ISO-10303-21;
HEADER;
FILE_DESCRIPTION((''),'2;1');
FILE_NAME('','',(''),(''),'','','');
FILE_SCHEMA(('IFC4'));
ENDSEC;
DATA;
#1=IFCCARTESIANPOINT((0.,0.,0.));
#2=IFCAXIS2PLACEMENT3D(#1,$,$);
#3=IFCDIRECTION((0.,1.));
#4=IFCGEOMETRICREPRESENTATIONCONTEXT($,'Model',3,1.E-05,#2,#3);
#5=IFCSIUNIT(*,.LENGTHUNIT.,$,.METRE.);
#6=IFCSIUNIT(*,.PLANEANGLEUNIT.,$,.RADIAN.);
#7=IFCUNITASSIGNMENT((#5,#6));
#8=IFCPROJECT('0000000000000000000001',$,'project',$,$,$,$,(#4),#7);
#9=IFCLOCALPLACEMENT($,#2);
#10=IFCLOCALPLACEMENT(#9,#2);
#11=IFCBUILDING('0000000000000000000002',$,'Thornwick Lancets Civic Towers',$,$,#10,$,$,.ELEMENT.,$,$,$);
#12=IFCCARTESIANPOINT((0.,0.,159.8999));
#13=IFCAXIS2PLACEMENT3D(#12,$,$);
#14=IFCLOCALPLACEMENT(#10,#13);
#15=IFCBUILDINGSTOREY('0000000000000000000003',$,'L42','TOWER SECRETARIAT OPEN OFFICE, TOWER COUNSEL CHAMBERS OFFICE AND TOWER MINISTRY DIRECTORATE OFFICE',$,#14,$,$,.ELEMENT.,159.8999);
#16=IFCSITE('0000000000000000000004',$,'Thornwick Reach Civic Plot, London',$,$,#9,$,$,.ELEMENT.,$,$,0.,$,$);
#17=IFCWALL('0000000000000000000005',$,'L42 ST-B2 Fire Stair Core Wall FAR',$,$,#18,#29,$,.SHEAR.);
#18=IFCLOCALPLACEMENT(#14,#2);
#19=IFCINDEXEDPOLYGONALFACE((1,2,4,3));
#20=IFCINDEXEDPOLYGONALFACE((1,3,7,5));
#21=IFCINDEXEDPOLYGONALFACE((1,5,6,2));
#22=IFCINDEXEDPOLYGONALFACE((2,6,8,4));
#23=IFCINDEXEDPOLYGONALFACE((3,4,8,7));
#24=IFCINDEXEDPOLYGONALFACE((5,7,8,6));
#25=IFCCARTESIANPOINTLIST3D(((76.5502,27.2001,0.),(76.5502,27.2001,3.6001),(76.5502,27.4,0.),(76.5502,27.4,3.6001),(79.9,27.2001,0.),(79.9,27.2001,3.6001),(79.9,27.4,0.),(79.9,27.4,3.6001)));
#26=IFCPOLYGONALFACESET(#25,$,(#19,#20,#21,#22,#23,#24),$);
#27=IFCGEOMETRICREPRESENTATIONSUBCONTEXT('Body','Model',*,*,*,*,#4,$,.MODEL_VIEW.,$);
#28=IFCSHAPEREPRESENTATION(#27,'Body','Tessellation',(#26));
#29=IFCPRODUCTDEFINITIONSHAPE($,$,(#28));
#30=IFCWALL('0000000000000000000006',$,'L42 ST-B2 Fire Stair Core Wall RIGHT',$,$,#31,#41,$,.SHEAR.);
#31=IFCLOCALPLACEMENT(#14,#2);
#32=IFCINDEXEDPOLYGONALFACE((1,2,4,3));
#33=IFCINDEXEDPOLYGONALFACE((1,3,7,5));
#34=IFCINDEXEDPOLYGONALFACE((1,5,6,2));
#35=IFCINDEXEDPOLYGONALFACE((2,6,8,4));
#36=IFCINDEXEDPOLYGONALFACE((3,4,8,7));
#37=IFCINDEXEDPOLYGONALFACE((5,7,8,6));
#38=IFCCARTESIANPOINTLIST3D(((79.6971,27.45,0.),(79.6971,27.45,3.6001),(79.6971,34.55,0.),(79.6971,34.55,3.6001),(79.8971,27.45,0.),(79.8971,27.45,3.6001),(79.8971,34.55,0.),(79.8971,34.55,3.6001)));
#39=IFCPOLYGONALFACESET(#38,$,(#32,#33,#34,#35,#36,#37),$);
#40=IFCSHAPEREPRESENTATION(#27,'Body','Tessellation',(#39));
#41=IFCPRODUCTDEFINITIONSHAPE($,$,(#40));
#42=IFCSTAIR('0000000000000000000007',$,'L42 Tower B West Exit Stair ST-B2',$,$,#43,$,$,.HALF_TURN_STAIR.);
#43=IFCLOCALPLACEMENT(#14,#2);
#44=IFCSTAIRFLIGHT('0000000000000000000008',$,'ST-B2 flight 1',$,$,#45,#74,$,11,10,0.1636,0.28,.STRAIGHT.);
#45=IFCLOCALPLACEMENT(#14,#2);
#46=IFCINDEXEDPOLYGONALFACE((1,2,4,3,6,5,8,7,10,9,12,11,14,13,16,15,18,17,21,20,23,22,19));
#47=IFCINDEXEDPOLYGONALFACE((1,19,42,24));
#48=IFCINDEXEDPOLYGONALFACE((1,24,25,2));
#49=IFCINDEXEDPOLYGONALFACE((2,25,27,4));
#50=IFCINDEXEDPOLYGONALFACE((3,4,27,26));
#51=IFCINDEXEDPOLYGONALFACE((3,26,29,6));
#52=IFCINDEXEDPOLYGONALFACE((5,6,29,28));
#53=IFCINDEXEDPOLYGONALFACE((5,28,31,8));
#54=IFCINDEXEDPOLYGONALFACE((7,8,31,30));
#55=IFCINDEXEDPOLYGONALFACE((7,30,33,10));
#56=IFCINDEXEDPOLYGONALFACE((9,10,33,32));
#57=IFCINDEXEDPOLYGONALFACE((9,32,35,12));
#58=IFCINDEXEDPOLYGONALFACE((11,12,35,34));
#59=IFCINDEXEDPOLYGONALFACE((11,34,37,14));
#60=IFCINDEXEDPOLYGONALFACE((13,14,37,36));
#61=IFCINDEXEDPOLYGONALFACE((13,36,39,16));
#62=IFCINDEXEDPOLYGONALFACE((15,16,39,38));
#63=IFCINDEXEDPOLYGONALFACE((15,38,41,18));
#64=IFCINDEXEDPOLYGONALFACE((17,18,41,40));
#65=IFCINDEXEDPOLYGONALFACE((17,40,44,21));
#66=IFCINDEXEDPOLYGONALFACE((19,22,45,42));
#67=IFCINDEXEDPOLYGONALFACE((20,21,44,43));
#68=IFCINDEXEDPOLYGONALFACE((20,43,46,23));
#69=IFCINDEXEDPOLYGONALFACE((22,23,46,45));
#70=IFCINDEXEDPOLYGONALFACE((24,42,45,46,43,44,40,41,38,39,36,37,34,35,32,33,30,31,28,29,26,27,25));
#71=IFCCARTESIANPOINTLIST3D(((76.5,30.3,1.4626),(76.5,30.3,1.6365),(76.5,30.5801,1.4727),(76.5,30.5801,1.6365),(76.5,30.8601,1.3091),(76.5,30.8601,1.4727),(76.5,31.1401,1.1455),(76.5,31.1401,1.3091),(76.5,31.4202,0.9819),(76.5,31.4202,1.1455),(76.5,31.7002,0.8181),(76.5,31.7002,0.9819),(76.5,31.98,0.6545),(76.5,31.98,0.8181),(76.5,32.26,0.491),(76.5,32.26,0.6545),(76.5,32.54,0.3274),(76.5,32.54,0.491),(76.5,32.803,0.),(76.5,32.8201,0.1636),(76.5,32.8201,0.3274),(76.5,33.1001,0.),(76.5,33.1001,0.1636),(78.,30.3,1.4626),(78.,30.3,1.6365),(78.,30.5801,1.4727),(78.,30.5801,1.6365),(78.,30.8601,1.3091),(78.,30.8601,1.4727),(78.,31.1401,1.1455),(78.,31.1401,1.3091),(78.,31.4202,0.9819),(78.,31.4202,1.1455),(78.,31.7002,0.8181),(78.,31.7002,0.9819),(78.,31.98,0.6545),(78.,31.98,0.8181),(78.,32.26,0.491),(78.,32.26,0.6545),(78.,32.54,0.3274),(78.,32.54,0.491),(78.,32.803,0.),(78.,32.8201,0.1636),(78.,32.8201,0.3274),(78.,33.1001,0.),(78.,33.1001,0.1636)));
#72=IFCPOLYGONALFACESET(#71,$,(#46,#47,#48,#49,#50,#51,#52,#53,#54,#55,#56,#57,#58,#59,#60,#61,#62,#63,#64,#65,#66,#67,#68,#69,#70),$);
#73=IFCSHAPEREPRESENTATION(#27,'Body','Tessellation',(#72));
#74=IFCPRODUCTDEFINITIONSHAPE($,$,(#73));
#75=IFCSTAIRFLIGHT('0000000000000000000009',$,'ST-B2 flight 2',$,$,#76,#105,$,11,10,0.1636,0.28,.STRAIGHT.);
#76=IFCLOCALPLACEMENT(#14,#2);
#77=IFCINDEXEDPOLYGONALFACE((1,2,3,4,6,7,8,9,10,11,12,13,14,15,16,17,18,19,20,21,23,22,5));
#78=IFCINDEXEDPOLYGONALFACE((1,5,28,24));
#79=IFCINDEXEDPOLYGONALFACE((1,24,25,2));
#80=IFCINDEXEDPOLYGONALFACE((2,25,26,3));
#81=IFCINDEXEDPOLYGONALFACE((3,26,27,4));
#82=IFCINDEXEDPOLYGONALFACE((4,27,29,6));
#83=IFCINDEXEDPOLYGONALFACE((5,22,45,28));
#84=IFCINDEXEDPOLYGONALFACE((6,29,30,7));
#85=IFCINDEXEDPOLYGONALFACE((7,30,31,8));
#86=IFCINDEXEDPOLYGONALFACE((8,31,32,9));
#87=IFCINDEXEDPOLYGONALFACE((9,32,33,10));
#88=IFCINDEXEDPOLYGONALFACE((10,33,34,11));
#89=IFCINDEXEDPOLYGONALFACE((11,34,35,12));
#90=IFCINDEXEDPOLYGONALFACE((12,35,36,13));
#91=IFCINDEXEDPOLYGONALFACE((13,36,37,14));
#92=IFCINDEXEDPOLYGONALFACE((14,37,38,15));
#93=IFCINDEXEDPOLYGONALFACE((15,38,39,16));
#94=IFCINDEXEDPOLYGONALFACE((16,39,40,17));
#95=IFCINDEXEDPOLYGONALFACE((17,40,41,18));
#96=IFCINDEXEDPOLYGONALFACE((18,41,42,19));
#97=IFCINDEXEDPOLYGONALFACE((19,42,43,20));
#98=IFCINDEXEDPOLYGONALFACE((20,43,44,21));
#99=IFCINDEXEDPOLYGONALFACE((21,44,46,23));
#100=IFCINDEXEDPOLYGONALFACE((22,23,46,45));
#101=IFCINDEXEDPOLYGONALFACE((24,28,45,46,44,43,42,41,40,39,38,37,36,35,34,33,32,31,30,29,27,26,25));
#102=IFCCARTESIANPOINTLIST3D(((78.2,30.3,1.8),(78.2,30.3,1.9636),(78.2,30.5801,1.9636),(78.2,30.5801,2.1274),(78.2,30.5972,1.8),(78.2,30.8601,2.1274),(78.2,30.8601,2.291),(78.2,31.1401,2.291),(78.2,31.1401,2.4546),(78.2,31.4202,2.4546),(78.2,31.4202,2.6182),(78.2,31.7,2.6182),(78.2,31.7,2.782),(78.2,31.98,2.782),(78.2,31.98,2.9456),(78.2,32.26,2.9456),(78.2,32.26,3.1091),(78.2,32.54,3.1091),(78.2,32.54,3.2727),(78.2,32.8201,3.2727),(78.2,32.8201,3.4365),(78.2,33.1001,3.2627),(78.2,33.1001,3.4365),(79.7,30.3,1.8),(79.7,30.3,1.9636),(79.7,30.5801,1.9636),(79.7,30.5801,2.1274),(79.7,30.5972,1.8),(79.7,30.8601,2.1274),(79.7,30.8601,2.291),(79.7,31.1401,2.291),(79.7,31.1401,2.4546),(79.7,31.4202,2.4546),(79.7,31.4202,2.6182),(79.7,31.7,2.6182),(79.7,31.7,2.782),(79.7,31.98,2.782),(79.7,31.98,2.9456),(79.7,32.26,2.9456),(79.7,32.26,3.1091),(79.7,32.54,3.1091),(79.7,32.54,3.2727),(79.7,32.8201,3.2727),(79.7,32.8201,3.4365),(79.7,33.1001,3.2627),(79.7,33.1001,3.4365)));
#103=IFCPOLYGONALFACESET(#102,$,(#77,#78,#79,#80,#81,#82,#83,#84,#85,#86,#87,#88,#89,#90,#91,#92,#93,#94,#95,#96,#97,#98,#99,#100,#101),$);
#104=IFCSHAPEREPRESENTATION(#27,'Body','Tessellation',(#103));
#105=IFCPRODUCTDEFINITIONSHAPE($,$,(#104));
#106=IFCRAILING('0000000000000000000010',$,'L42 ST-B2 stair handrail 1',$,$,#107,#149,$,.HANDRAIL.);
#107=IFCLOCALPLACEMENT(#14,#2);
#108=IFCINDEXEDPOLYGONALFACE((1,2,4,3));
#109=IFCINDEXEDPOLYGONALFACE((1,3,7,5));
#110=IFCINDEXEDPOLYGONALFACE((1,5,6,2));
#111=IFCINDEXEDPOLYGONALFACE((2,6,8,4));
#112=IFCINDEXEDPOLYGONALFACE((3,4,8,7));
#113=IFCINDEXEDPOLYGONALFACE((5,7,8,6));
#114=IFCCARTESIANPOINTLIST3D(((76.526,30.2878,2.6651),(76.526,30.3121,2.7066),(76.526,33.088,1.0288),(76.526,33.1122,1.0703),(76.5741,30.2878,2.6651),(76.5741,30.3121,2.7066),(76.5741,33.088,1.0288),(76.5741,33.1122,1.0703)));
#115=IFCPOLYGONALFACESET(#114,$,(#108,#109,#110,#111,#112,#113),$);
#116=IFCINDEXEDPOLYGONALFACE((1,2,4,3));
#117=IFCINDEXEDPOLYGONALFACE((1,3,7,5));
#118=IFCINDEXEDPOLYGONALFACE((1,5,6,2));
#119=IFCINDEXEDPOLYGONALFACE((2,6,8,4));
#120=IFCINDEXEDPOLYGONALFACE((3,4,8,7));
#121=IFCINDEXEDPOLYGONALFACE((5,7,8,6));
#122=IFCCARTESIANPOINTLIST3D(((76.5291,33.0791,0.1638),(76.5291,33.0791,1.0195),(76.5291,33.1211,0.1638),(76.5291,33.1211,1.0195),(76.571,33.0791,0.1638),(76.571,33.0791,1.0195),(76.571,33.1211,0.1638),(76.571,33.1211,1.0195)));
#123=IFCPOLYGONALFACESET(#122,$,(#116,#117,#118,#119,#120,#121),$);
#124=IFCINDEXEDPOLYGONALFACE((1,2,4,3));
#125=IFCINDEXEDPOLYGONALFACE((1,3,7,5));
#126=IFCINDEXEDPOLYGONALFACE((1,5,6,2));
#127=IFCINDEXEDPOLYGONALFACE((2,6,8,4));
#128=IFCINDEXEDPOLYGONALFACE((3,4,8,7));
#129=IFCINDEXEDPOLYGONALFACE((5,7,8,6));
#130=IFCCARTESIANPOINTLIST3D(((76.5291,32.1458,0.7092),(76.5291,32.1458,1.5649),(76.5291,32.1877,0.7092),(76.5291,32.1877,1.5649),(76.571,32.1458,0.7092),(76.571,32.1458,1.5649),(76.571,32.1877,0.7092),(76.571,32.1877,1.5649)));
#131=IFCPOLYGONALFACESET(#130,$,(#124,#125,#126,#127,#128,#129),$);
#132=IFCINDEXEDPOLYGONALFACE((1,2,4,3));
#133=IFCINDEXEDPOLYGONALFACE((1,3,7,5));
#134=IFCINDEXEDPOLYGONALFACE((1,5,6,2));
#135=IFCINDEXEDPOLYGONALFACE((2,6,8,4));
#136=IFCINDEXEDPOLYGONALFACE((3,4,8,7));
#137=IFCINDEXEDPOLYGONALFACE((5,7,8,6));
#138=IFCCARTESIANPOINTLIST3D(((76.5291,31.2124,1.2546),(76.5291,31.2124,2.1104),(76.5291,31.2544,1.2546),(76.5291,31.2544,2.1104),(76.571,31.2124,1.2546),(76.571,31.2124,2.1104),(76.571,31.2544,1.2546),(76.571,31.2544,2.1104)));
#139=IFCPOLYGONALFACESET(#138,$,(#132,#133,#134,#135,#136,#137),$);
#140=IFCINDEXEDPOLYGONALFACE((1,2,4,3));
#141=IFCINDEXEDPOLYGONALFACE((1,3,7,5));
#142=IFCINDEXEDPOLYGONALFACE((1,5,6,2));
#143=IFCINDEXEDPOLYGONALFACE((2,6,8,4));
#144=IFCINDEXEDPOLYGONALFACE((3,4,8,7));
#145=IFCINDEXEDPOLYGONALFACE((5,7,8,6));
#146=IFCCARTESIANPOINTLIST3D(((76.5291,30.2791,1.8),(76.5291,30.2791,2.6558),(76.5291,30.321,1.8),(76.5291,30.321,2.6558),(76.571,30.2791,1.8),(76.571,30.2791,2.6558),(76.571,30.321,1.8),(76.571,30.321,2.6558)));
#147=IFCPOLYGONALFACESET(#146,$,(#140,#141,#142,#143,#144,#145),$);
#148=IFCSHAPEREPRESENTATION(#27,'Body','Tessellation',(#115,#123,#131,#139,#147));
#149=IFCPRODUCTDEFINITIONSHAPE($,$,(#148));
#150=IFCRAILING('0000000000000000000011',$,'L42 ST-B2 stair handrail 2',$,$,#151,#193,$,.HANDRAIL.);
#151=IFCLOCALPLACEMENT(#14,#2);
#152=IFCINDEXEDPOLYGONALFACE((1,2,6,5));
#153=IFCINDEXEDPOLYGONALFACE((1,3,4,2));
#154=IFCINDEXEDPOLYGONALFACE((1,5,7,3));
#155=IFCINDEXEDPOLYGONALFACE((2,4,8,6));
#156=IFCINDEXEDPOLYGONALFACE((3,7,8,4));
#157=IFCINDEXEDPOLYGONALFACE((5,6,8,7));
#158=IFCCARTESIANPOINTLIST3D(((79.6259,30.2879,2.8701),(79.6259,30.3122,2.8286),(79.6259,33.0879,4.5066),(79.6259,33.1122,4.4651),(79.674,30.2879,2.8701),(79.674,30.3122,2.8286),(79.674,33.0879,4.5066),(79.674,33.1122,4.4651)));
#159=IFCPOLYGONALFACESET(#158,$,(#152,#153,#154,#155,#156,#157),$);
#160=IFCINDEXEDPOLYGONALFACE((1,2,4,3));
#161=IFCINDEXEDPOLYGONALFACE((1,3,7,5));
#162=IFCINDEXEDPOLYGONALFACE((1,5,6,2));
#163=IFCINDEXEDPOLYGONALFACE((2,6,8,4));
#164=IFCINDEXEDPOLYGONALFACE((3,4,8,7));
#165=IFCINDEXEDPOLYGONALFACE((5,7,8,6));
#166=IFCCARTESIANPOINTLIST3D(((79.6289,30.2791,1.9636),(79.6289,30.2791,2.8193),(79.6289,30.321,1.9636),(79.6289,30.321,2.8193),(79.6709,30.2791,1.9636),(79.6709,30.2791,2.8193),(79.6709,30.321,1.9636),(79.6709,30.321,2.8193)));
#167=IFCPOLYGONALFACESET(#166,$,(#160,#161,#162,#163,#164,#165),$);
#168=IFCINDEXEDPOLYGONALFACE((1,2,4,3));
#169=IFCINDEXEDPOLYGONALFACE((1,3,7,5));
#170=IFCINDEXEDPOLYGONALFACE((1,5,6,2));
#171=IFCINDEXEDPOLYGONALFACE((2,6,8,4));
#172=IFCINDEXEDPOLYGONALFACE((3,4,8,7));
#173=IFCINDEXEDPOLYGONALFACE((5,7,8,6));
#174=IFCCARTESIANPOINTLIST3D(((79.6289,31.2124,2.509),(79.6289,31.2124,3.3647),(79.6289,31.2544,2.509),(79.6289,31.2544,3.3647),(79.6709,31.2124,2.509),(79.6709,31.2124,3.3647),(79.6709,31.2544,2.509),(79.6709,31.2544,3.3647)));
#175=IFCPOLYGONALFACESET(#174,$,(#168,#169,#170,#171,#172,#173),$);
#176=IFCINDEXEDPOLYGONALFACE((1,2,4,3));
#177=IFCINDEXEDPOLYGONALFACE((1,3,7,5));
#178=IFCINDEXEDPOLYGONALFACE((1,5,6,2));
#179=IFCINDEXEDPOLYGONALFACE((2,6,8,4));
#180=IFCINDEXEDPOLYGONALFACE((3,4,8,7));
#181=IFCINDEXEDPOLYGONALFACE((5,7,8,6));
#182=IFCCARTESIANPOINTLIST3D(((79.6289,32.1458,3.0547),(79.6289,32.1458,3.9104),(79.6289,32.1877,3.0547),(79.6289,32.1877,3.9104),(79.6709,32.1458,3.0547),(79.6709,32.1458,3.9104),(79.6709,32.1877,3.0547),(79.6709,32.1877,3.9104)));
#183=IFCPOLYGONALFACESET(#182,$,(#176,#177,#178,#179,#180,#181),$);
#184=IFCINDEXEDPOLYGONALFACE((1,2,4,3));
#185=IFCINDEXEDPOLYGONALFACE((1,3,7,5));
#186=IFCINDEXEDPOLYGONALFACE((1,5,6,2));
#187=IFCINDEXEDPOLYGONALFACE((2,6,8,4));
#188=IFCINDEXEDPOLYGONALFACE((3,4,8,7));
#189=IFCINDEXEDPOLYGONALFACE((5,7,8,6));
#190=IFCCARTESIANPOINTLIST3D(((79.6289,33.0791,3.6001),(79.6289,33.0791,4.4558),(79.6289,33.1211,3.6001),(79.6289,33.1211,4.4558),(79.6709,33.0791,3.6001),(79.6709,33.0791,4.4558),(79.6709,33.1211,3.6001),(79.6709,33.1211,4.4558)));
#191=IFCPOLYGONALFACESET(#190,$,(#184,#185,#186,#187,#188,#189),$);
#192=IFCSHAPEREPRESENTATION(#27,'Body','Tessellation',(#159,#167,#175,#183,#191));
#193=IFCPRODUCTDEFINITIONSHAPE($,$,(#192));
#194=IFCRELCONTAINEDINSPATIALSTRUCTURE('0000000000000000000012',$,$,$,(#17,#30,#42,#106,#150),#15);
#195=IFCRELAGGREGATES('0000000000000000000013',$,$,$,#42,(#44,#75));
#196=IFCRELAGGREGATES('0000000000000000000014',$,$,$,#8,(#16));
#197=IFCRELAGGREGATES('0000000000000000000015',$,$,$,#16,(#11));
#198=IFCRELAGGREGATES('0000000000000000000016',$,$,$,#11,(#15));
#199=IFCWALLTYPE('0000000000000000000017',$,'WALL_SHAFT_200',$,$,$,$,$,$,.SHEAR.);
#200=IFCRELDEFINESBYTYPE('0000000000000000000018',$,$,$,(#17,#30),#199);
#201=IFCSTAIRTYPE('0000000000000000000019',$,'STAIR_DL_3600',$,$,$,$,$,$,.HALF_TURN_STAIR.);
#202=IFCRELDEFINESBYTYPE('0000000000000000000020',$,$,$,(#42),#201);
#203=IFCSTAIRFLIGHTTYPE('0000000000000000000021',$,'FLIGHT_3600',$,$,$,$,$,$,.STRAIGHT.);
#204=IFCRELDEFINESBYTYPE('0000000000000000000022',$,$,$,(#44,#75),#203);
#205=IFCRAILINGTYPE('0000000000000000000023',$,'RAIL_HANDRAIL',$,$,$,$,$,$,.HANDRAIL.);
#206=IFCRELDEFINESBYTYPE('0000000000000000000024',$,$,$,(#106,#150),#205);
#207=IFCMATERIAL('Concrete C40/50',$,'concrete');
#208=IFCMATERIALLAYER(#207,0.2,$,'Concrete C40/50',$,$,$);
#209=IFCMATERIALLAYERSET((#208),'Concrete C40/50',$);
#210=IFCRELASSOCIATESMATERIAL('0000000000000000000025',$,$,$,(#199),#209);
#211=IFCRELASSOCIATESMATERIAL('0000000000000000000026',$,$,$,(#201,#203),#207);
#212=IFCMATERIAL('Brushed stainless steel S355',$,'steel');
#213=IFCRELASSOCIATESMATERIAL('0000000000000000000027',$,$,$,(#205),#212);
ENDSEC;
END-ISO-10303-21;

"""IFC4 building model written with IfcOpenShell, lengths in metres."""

from ifc_helpers import new_model, si_unit, direction, frame, frame_2d, origin, origin_2d, place, context, subcontext, project, spatial, polyline, rectangle, outline, extrude, material, layer, layer_set, type_object, element, aggregate, save


model = new_model("IFC4")

# Units and contexts
model_context = context("Model", 3, precision=1e-05, world=origin(), true_north=direction((0.0, 1.0)))
body_context = subcontext(model_context, "Body", "Model", "MODEL_VIEW")
ifc_project = project(units=[si_unit("LENGTHUNIT", "METRE"), si_unit("PLANEANGLEUNIT", "RADIAN")], contexts=[model_context])

# Site, building, storey
site_placement = place(None, origin())
site = spatial("IfcSite", under=ifc_project, at=site_placement, Name="Thornwick Reach Civic Plot, London", CompositionType="ELEMENT", RefElevation=0.0)
building_placement = place(site_placement, origin())
building = spatial("IfcBuilding", under=site, at=building_placement, Name="Thornwick Lancets Civic Towers", CompositionType="ELEMENT")
storey_placement = place(building_placement, frame((0.0, 0.0, 159.8999)))
storey = spatial("IfcBuildingStorey", under=building, at=storey_placement, Name="L42", Description="TOWER SECRETARIAT OPEN OFFICE, TOWER COUNSEL CHAMBERS OFFICE AND TOWER MINISTRY DIRECTORATE OFFICE", CompositionType="ELEMENT", Elevation=159.8999)

# Shared definitions
ifc_material_1 = material(Name="Concrete C40/50", Category="concrete")

# Walls
ifc_layer_1 = layer(ifc_material_1, 0.2, Name="Concrete C40/50")
ifc_layer_set_1 = layer_set([ifc_layer_1], Name="Concrete C40/50")
wall_type_1 = type_object("IfcWallType", Name="WALL_SHAFT_200", PredefinedType="SHEAR", material=ifc_layer_set_1)
wall_1_placement = place(storey_placement, frame((79.8999, 27.3, 0.0), z_axis=(0.0, 0.0, 1.0), x_axis=(-1.0, 0.0, 0.0)))
element("IfcWall", 1, at=wall_1_placement, inside=storey, type_object=wall_type_1, Name="L42 ST-B2 Fire Stair Core Wall FAR", PredefinedType="SHEAR", context=body_context, shape_type="SweptSolid", body=[
    extrude(rectangle(XDim=3.3499, YDim=0.2, at=frame_2d((1.6748, 0.0))), origin(), (0.0, 0.0, 1.0), 3.6001),
])
wall_2_placement = place(storey_placement, frame((79.7971, 27.45, 0.0), z_axis=(0.0, 0.0, 1.0), x_axis=(0.0, 1.0, 0.0)))
element("IfcWall", 2, at=wall_2_placement, inside=storey, type_object=wall_type_1, Name="L42 ST-B2 Fire Stair Core Wall RIGHT", PredefinedType="SHEAR", context=body_context, shape_type="SweptSolid", body=[
    extrude(rectangle(XDim=7.1001, YDim=0.2, at=frame_2d((3.55, 0.0))), origin(), (0.0, 0.0, 1.0), 3.6001),
])

# Stair, stair flights
stair_type = type_object("IfcStairType", Name="STAIR_DL_3600", PredefinedType="HALF_TURN_STAIR", material=ifc_material_1)
stair_placement = place(storey_placement, origin())
stair = element("IfcStair", 3, at=stair_placement, inside=storey, type_object=stair_type, Name="L42 Tower B West Exit Stair ST-B2", PredefinedType="HALF_TURN_STAIR")
stair_flight_type = type_object("IfcStairFlightType", Name="FLIGHT_3600", PredefinedType="STRAIGHT", material=ifc_material_1)
stair_flight_1_placement = place(storey_placement, frame((77.25, 33.1001, 0.0), z_axis=(0.0, 0.0, 1.0), x_axis=(0.0, -1.0, 0.0)))
stair_flight_1 = element("IfcStairFlight", 4, at=stair_flight_1_placement, type_object=stair_flight_type, Name="ST-B2 flight 1", NumberOfRisers=11, NumberOfTreads=10, PredefinedType="STRAIGHT", RiserHeight=0.1636, TreadLength=0.28, context=body_context, shape_type="SweptSolid", body=[
    extrude(outline(polyline([(0.0, 0.0), (0.0, 0.1636), (0.28, 0.1636), (0.28, 0.3274), (0.5601, 0.3274), (0.5601, 0.491), (0.8401, 0.491), (0.8401, 0.6545), (1.1201, 0.6545), (1.1201, 0.8181), (1.3999, 0.8181), (1.3999, 0.9819), (1.6799, 0.9819), (1.6799, 1.1455), (1.96, 1.1455), (1.96, 1.3091), (2.24, 1.3091), (2.24, 1.4727), (2.52, 1.4727), (2.52, 1.6365), (2.8, 1.6365), (2.8, 1.8), (2.8, 1.4626), (0.2971, 0.0), (0.0, 0.0)])), frame((0.0, 0.75, 0.0), z_axis=(0.0, -1.0, 0.0), x_axis=(1.0, 0.0, 0.0)), (0.0, 0.0, 1.0), 1.5),
])
stair_flight_2_placement = place(storey_placement, frame((78.95, 30.3, 1.8), z_axis=(0.0, 0.0, 1.0), x_axis=(0.0, 1.0, 0.0)))
stair_flight_2 = element("IfcStairFlight", 5, at=stair_flight_2_placement, type_object=stair_flight_type, Name="ST-B2 flight 2", NumberOfRisers=11, NumberOfTreads=10, PredefinedType="STRAIGHT", RiserHeight=0.1636, TreadLength=0.28, context=body_context, shape_type="SweptSolid", body=[
    extrude(outline(polyline([(0.0, 0.0), (0.0, 0.1636), (0.28, 0.1636), (0.28, 0.3274), (0.5601, 0.3274), (0.5601, 0.491), (0.8401, 0.491), (0.8401, 0.6545), (1.1201, 0.6545), (1.1201, 0.8181), (1.3999, 0.8181), (1.3999, 0.9819), (1.6799, 0.9819), (1.6799, 1.1455), (1.96, 1.1455), (1.96, 1.3091), (2.24, 1.3091), (2.24, 1.4727), (2.52, 1.4727), (2.52, 1.6365), (2.8, 1.6365), (2.8, 1.8), (2.8, 1.4626), (0.2971, 0.0), (0.0, 0.0)])), frame((0.0, 0.75, 0.0), z_axis=(0.0, -1.0, 0.0), x_axis=(1.0, 0.0, 0.0)), (0.0, 0.0, 1.0), 1.5),
])
aggregate(stair, [stair_flight_1, stair_flight_2])

# Railings
ifc_material_2 = material(Name="Brushed stainless steel S355", Category="steel")
railing_type_1 = type_object("IfcRailingType", Name="RAIL_HANDRAIL", PredefinedType="HANDRAIL", material=ifc_material_2)
railing_1_placement = place(storey_placement, frame((76.55, 33.1001, 0.1638)))
element("IfcRailing", 6, at=railing_1_placement, inside=storey, type_object=railing_type_1, Name="L42 ST-B2 stair handrail 1", PredefinedType="HANDRAIL", context=body_context, shape_type="SweptSolid", body=[
    extrude(rectangle(XDim=0.0481, YDim=0.0481, at=origin_2d()), frame((0.0, 0.0, 0.8857), z_axis=(0.0, -0.863394, 0.504531), x_axis=(1.0, 0.0, 0.0)), (0.0, 0.0, 1.0), 3.2432),
    extrude(rectangle(XDim=0.042, YDim=0.042, at=origin_2d()), origin(), (0.0, 0.0, 1.0), 0.8557),
    extrude(rectangle(XDim=0.042, YDim=0.042, at=origin_2d()), frame((0.0, -0.9333, 0.5454)), (0.0, 0.0, 1.0), 0.8557),
    extrude(rectangle(XDim=0.042, YDim=0.042, at=origin_2d()), frame((0.0, -1.8667, 1.0908)), (0.0, 0.0, 1.0), 0.8557),
    extrude(rectangle(XDim=0.042, YDim=0.042, at=origin_2d()), frame((0.0, -2.8, 1.6362)), (0.0, 0.0, 1.0), 0.8557),
])
railing_2_placement = place(storey_placement, frame((79.6499, 30.3, 1.9636)))
element("IfcRailing", 7, at=railing_2_placement, inside=storey, type_object=railing_type_1, Name="L42 ST-B2 stair handrail 2", PredefinedType="HANDRAIL", context=body_context, shape_type="SweptSolid", body=[
    extrude(rectangle(XDim=0.0481, YDim=0.0481, at=origin_2d()), frame((0.0, 0.0, 0.8857), z_axis=(0.0, 0.863361, 0.504587), x_axis=(-1.0, 0.0, 0.0)), (0.0, 0.0, 1.0), 3.2432),
    extrude(rectangle(XDim=0.042, YDim=0.042, at=origin_2d()), origin(), (0.0, 0.0, 1.0), 0.8557),
    extrude(rectangle(XDim=0.042, YDim=0.042, at=origin_2d()), frame((0.0, 0.9333, 0.5454)), (0.0, 0.0, 1.0), 0.8557),
    extrude(rectangle(XDim=0.042, YDim=0.042, at=origin_2d()), frame((0.0, 1.8667, 1.0911)), (0.0, 0.0, 1.0), 0.8557),
    extrude(rectangle(XDim=0.042, YDim=0.042, at=origin_2d()), frame((0.0, 2.8, 1.6365)), (0.0, 0.0, 1.0), 0.8557),
])

save(model, "model.ifc")
